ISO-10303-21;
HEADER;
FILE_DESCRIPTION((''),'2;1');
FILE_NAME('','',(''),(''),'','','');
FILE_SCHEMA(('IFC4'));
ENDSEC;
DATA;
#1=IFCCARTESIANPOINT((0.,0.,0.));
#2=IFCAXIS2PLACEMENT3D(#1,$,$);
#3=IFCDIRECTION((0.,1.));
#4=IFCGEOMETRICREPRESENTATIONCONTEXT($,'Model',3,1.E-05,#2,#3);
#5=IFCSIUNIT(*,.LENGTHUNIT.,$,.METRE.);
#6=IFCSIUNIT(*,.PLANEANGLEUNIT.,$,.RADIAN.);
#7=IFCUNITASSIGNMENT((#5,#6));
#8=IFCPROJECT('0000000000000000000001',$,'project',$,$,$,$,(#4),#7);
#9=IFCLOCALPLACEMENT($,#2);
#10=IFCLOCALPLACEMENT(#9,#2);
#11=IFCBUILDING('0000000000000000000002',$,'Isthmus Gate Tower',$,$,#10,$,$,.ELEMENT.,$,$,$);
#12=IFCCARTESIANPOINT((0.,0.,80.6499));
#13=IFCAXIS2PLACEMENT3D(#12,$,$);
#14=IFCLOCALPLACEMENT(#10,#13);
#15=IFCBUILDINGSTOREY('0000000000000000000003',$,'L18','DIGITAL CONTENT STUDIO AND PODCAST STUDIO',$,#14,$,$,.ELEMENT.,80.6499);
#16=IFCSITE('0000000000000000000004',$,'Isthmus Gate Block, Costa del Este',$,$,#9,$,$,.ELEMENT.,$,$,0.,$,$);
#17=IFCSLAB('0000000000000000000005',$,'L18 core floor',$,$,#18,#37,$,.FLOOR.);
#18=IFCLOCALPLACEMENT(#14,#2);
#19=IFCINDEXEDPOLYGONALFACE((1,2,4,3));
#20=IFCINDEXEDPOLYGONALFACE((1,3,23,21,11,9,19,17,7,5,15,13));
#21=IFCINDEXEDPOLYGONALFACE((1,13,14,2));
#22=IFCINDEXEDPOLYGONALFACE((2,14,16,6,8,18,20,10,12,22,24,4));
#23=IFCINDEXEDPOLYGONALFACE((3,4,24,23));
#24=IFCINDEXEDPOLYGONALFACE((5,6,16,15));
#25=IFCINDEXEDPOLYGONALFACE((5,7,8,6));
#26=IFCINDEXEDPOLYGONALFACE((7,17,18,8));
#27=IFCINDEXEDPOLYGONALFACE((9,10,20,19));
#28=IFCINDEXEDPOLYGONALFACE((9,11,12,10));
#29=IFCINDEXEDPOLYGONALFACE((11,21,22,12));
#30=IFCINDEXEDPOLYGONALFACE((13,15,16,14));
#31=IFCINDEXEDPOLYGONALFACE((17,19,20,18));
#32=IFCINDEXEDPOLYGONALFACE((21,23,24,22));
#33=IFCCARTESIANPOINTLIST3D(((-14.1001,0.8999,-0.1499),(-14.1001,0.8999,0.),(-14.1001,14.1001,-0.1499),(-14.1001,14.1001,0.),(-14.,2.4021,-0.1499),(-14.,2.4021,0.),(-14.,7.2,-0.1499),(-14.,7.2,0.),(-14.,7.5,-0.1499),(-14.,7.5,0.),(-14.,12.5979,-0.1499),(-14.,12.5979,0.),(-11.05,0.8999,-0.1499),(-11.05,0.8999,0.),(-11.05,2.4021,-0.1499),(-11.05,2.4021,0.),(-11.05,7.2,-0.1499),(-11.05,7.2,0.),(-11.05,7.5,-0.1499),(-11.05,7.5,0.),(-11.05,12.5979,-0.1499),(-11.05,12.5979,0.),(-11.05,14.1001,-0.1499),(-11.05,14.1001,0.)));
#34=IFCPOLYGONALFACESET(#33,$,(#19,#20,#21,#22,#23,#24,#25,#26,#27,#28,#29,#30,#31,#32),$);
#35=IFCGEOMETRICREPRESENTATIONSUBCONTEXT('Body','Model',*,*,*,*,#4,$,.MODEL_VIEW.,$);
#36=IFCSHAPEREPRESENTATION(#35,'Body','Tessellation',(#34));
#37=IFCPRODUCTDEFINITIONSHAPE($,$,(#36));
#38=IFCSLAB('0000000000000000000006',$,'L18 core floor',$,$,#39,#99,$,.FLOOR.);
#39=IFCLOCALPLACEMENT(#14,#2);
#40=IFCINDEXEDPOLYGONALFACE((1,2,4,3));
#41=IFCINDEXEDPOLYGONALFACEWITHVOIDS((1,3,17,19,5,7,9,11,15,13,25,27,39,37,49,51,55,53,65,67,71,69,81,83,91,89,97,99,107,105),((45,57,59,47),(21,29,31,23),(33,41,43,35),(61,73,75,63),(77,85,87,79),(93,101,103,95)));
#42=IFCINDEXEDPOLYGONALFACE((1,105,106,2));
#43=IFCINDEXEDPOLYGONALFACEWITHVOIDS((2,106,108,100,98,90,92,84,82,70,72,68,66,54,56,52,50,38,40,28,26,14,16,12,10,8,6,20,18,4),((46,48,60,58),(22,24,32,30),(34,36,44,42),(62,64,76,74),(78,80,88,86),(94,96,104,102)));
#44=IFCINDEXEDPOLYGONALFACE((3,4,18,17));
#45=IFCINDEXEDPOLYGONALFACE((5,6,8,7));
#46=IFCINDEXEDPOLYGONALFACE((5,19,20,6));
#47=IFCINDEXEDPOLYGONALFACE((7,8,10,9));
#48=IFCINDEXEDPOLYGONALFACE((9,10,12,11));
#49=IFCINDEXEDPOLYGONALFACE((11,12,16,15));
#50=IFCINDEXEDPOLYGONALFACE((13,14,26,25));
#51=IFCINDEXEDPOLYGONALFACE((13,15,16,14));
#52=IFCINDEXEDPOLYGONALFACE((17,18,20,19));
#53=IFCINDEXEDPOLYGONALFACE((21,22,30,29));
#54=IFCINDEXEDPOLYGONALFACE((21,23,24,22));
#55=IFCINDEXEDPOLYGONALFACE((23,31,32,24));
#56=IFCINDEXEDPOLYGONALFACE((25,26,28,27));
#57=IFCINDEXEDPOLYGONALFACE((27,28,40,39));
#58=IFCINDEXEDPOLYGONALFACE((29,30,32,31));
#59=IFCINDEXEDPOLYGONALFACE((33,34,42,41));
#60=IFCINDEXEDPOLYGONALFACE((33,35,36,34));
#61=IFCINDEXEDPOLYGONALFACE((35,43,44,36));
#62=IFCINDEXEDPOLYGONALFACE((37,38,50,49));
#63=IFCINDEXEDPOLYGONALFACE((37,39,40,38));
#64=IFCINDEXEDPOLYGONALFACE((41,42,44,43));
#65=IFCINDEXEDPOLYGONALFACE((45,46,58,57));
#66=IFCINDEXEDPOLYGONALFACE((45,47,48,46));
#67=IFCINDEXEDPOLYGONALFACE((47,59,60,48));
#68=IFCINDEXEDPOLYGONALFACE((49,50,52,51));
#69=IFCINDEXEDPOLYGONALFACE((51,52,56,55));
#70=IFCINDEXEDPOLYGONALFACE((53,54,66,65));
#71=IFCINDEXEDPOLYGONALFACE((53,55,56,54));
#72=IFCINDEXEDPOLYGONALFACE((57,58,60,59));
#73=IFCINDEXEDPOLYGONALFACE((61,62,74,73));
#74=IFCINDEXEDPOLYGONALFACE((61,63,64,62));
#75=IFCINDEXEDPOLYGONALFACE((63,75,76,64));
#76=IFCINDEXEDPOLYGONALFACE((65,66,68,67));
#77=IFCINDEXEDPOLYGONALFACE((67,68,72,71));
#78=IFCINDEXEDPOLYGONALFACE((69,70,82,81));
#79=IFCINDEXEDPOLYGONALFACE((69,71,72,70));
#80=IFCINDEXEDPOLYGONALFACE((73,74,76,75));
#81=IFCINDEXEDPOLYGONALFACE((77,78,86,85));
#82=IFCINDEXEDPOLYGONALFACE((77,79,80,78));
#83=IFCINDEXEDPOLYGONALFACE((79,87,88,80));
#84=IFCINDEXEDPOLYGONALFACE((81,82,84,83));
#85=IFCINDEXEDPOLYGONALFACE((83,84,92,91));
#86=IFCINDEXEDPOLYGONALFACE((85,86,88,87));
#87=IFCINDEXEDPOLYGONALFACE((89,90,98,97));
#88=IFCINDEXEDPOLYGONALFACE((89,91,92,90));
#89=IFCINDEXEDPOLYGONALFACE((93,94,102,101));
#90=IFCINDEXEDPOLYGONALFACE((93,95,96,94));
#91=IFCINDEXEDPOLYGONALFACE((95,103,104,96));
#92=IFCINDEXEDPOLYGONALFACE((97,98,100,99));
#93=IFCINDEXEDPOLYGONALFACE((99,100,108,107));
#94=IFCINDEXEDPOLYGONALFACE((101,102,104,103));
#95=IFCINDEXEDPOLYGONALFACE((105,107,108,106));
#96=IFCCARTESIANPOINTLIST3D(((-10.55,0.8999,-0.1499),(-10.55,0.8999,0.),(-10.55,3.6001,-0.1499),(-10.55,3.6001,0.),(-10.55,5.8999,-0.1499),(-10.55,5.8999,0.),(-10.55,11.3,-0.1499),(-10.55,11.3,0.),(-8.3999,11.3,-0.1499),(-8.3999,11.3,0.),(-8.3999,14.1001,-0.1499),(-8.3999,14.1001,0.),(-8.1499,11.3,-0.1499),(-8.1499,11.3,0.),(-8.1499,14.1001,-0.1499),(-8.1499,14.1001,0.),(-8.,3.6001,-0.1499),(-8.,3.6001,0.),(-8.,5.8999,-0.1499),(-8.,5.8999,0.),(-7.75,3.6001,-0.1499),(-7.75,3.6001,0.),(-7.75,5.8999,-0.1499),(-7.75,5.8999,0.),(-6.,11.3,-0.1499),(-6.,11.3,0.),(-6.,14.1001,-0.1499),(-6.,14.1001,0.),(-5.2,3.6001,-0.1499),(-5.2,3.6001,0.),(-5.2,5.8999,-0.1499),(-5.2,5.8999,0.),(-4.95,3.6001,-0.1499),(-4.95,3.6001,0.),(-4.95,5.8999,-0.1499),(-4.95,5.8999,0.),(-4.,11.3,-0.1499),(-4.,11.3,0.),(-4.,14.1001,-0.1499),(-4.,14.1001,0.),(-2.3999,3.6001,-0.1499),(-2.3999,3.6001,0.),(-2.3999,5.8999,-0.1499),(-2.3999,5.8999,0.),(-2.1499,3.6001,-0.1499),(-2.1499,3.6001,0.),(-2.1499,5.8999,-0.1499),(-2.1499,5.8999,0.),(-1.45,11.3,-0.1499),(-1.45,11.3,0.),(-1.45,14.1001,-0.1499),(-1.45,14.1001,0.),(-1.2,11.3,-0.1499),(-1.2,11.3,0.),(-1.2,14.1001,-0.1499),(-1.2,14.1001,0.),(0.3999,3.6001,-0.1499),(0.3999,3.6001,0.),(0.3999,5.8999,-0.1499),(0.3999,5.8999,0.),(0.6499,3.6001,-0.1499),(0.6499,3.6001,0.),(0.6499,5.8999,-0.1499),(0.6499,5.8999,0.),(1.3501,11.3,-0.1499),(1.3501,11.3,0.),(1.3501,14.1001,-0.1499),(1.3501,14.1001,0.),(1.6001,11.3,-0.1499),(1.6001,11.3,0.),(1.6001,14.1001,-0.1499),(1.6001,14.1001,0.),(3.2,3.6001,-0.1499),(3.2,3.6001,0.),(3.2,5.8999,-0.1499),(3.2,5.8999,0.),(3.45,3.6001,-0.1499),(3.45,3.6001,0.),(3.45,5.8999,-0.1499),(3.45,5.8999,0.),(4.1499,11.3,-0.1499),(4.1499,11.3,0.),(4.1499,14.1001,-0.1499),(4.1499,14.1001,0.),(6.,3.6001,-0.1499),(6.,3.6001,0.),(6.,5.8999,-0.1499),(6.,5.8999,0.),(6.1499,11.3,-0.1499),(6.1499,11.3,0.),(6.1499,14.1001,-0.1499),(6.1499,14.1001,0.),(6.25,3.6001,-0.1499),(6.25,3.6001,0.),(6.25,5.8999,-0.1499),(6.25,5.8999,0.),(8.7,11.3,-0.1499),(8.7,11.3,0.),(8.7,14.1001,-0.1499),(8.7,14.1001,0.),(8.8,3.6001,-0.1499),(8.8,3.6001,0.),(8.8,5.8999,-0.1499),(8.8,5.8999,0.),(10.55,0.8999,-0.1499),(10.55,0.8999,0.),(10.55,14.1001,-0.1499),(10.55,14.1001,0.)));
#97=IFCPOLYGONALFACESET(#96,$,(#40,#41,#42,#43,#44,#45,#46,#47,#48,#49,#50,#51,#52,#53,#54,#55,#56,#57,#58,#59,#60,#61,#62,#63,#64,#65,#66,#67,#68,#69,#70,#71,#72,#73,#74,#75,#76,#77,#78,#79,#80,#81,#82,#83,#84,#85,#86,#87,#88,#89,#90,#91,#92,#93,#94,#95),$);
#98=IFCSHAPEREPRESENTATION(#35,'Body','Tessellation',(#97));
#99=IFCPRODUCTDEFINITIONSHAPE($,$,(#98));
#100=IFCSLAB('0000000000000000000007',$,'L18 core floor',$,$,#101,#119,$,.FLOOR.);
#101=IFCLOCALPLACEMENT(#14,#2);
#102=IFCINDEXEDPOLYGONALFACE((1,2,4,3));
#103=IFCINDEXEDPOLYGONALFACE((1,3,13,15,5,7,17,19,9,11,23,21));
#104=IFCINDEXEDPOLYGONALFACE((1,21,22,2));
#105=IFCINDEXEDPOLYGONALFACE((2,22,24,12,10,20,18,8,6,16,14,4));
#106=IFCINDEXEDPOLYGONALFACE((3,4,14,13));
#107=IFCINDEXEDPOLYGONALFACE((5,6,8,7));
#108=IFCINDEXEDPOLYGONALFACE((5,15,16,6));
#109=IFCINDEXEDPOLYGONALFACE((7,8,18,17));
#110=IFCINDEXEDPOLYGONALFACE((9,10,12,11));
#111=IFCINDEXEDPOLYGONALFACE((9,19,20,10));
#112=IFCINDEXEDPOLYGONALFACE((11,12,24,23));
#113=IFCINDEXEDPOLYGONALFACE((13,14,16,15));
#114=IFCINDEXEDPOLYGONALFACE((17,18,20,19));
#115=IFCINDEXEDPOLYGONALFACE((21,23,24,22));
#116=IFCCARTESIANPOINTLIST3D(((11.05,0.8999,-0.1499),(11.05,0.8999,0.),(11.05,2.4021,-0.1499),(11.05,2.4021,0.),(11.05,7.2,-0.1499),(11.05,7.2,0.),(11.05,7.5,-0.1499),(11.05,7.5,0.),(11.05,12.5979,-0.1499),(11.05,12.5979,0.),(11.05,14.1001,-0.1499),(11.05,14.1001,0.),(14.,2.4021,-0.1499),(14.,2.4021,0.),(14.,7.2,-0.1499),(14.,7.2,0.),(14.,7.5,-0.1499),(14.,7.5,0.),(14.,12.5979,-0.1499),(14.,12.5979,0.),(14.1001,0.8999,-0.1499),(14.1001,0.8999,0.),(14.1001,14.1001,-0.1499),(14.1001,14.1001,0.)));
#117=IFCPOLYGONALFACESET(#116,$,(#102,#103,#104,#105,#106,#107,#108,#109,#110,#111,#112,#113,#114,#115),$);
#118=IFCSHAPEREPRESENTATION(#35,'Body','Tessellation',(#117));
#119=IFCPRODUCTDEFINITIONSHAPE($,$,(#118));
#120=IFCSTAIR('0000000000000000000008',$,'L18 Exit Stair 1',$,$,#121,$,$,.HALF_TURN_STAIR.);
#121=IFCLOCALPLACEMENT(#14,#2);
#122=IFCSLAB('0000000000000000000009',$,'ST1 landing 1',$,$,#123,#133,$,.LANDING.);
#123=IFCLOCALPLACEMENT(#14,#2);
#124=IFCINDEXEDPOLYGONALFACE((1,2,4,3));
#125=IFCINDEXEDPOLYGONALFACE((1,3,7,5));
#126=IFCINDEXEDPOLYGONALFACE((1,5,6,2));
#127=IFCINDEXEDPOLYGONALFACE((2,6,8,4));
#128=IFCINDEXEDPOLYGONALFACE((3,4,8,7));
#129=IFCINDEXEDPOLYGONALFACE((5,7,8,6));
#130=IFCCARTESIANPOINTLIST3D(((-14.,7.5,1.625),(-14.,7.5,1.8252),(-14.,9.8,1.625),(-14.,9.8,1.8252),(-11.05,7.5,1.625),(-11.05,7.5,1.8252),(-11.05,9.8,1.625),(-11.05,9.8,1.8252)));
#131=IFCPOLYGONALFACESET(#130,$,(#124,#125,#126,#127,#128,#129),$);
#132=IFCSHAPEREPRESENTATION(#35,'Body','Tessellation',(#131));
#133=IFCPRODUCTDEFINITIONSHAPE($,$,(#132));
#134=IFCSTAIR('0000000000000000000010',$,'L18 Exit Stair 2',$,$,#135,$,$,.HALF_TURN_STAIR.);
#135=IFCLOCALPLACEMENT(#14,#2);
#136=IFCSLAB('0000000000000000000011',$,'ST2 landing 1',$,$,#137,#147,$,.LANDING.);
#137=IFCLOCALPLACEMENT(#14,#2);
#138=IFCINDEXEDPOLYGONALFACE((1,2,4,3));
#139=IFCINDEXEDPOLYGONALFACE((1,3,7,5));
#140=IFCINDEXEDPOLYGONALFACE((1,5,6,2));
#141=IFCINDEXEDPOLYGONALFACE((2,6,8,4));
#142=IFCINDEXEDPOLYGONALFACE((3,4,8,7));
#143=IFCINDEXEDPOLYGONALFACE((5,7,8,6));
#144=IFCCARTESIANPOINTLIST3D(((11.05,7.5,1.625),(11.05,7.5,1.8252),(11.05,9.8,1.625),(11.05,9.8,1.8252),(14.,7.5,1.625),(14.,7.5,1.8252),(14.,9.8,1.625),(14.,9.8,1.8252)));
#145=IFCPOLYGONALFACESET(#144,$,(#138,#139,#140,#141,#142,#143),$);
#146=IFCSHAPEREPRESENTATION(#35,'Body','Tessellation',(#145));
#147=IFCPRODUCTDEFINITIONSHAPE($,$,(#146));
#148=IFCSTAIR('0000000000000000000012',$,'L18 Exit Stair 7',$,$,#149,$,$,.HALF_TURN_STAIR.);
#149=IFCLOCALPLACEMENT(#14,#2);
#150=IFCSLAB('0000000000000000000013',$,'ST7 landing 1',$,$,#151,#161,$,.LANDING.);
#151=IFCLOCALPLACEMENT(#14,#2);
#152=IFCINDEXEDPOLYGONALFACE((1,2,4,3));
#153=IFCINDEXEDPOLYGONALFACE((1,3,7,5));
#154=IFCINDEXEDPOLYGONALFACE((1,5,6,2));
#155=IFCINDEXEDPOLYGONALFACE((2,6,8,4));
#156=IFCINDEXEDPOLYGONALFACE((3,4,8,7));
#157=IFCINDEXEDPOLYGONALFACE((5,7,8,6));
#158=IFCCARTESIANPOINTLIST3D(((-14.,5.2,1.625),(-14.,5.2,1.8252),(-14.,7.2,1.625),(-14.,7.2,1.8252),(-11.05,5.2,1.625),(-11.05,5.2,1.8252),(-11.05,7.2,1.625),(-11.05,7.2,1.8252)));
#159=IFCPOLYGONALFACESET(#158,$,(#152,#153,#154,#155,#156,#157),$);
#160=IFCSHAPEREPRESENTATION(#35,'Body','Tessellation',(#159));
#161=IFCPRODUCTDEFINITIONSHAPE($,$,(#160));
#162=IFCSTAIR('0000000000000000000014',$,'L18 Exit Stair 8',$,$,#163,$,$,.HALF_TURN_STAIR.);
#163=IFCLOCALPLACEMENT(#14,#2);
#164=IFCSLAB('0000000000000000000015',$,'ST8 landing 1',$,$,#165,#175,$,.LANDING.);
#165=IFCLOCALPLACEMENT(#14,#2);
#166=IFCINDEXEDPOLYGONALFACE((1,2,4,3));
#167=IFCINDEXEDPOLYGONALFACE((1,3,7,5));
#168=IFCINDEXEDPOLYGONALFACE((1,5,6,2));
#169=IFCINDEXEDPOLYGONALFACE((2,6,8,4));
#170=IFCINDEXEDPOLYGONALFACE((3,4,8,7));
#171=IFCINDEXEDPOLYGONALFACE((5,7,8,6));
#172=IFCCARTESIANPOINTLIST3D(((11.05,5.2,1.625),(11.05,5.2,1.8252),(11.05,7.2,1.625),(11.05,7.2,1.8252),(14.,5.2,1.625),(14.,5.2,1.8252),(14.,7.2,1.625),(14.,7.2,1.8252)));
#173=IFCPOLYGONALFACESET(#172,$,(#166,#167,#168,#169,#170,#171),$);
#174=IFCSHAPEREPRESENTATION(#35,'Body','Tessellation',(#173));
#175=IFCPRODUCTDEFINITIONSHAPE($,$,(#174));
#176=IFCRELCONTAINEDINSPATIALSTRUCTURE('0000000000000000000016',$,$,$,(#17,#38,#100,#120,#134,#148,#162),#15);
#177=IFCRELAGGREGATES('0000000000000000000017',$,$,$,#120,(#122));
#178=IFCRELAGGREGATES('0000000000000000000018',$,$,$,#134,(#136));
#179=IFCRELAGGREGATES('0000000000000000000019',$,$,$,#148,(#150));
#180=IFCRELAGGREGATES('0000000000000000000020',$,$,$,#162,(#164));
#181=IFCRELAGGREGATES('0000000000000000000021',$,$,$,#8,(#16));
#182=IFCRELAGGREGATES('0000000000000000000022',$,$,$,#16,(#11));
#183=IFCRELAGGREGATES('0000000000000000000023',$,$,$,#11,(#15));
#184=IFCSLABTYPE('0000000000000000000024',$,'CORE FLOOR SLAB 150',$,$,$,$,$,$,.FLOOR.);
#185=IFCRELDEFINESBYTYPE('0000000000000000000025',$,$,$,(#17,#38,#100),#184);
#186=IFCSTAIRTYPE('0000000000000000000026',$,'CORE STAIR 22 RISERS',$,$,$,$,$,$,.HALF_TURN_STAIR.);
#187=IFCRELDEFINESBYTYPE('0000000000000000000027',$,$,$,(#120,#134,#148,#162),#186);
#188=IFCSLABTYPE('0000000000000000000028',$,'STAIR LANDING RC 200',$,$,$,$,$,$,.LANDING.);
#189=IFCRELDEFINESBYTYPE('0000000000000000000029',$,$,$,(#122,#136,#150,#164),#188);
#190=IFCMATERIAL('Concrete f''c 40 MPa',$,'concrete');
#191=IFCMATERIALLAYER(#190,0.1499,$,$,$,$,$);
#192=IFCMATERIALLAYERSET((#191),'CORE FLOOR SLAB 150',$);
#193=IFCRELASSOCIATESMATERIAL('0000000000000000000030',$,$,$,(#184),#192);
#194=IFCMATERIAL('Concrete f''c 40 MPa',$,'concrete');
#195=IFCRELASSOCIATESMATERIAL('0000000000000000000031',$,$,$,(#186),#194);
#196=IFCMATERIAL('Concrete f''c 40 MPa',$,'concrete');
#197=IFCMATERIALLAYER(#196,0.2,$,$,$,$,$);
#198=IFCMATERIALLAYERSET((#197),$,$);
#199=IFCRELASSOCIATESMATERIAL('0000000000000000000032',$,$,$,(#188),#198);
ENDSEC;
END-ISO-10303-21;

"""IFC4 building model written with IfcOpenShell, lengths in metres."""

from ifc_helpers import new_model, si_unit, direction, frame, origin, place, context, subcontext, project, spatial, polyline, outline, extrude, material, layer, layer_set, type_object, element, aggregate, save


model = new_model("IFC4")

# Units and contexts
model_context = context("Model", 3, precision=1e-05, world=origin(), true_north=direction((0.0, 1.0)))
body_context = subcontext(model_context, "Body", "Model", "MODEL_VIEW")
ifc_project = project(units=[si_unit("LENGTHUNIT", "METRE"), si_unit("PLANEANGLEUNIT", "RADIAN")], contexts=[model_context])

# Site, building, storey
site_placement = place(None, origin())
site = spatial("IfcSite", under=ifc_project, at=site_placement, Name="Isthmus Gate Block, Costa del Este", CompositionType="ELEMENT", RefElevation=0.0)
building_placement = place(site_placement, origin())
building = spatial("IfcBuilding", under=site, at=building_placement, Name="Isthmus Gate Tower", CompositionType="ELEMENT")
storey_placement = place(building_placement, frame((0.0, 0.0, 80.6499)))
storey = spatial("IfcBuildingStorey", under=building, at=storey_placement, Name="L18", Description="DIGITAL CONTENT STUDIO AND PODCAST STUDIO", CompositionType="ELEMENT", Elevation=80.6499)

# Slabs
ifc_material_1 = material(Name="Concrete f'c 40 MPa", Category="concrete")
ifc_layer_1 = layer(ifc_material_1, 0.1499)
ifc_layer_set_1 = layer_set([ifc_layer_1], Name="CORE FLOOR SLAB 150")
slab_type_1 = type_object("IfcSlabType", Name="CORE FLOOR SLAB 150", PredefinedType="FLOOR", material=ifc_layer_set_1)
slab_1_placement = place(storey_placement, frame((0.0, 0.0, -0.1499)))
element("IfcSlab", 1, at=slab_1_placement, inside=storey, type_object=slab_type_1, Name="L18 core floor", PredefinedType="FLOOR", context=body_context, shape_type="SweptSolid", body=[
    extrude(outline(polyline([(-11.05, 0.8999), (-11.05, 2.4021), (-14.0, 2.4021), (-14.0, 7.2), (-11.05, 7.2), (-11.05, 7.5), (-14.0, 7.5), (-14.0, 12.5979), (-11.05, 12.5979), (-11.05, 14.1001), (-14.1001, 14.1001), (-14.1001, 0.8999), (-11.05, 0.8999)])), origin(), (0.0, 0.0, 1.0), 0.1499),
])
slab_2_placement = place(storey_placement, frame((0.0, 0.0, -0.1499)))
element("IfcSlab", 2, at=slab_2_placement, inside=storey, type_object=slab_type_1, Name="L18 core floor", PredefinedType="FLOOR", context=body_context, shape_type="SweptSolid", body=[
    extrude(outline(polyline([(10.55, 14.1001), (8.7, 14.1001), (8.7, 11.3), (6.1499, 11.3), (6.1499, 14.1001), (4.1499, 14.1001), (4.1499, 11.3), (1.6001, 11.3), (1.6001, 14.1001), (1.3501, 14.1001), (1.3501, 11.3), (-1.2, 11.3), (-1.2, 14.1001), (-1.45, 14.1001), (-1.45, 11.3), (-4.0, 11.3), (-4.0, 14.1001), (-6.0, 14.1001), (-6.0, 11.3), (-8.1499, 11.3), (-8.1499, 14.1001), (-8.3999, 14.1001), (-8.3999, 11.3), (-10.55, 11.3), (-10.55, 5.8999), (-8.0, 5.8999), (-8.0, 3.6001), (-10.55, 3.6001), (-10.55, 0.8999), (10.55, 0.8999), (10.55, 14.1001)]), holes=[polyline([(-5.2, 5.8999), (-5.2, 3.6001), (-7.75, 3.6001), (-7.75, 5.8999), (-5.2, 5.8999)]), polyline([(-2.3999, 5.8999), (-2.3999, 3.6001), (-4.95, 3.6001), (-4.95, 5.8999), (-2.3999, 5.8999)]), polyline([(0.3999, 5.8999), (0.3999, 3.6001), (-2.1499, 3.6001), (-2.1499, 5.8999), (0.3999, 5.8999)]), polyline([(3.2, 5.8999), (3.2, 3.6001), (0.6499, 3.6001), (0.6499, 5.8999), (3.2, 5.8999)]), polyline([(6.0, 5.8999), (6.0, 3.6001), (3.45, 3.6001), (3.45, 5.8999), (6.0, 5.8999)]), polyline([(8.8, 5.8999), (8.8, 3.6001), (6.25, 3.6001), (6.25, 5.8999), (8.8, 5.8999)])]), origin(), (0.0, 0.0, 1.0), 0.1499),
])
slab_3_placement = place(storey_placement, frame((0.0, 0.0, -0.1499)))
element("IfcSlab", 3, at=slab_3_placement, inside=storey, type_object=slab_type_1, Name="L18 core floor", PredefinedType="FLOOR", context=body_context, shape_type="SweptSolid", body=[
    extrude(outline(polyline([(11.05, 14.1001), (11.05, 12.5979), (14.0, 12.5979), (14.0, 7.5), (11.05, 7.5), (11.05, 7.2), (14.0, 7.2), (14.0, 2.4021), (11.05, 2.4021), (11.05, 0.8999), (14.1001, 0.8999), (14.1001, 14.1001), (11.05, 14.1001)])), origin(), (0.0, 0.0, 1.0), 0.1499),
])

# Stairs, slabs
ifc_material_2 = material(Name="Concrete f'c 40 MPa", Category="concrete")
stair_type = type_object("IfcStairType", Name="CORE STAIR 22 RISERS", PredefinedType="HALF_TURN_STAIR", material=ifc_material_2)
stair_1_placement = place(storey_placement, origin())
stair_1 = element("IfcStair", 4, at=stair_1_placement, inside=storey, type_object=stair_type, Name="L18 Exit Stair 1", PredefinedType="HALF_TURN_STAIR")
ifc_material_3 = material(Name="Concrete f'c 40 MPa", Category="concrete")
ifc_layer_2 = layer(ifc_material_3, 0.2)
ifc_layer_set_2 = layer_set([ifc_layer_2])
slab_type_2 = type_object("IfcSlabType", Name="STAIR LANDING RC 200", PredefinedType="LANDING", material=ifc_layer_set_2)
slab_4_placement = place(storey_placement, frame((0.0, 0.0, 1.625)))
slab_4 = element("IfcSlab", 5, at=slab_4_placement, type_object=slab_type_2, Name="ST1 landing 1", PredefinedType="LANDING", context=body_context, shape_type="SweptSolid", body=[
    extrude(outline(polyline([(-14.0, 9.8), (-14.0, 7.5), (-11.05, 7.5), (-11.05, 9.8), (-14.0, 9.8)])), origin(), (0.0, 0.0, 1.0), 0.2002),
])
aggregate(stair_1, [slab_4])
stair_2_placement = place(storey_placement, origin())
stair_2 = element("IfcStair", 6, at=stair_2_placement, inside=storey, type_object=stair_type, Name="L18 Exit Stair 2", PredefinedType="HALF_TURN_STAIR")
slab_5_placement = place(storey_placement, frame((0.0, 0.0, 1.625)))
slab_5 = element("IfcSlab", 7, at=slab_5_placement, type_object=slab_type_2, Name="ST2 landing 1", PredefinedType="LANDING", context=body_context, shape_type="SweptSolid", body=[
    extrude(outline(polyline([(11.05, 9.8), (11.05, 7.5), (14.0, 7.5), (14.0, 9.8), (11.05, 9.8)])), origin(), (0.0, 0.0, 1.0), 0.2002),
])
aggregate(stair_2, [slab_5])
stair_3_placement = place(storey_placement, origin())
stair_3 = element("IfcStair", 8, at=stair_3_placement, inside=storey, type_object=stair_type, Name="L18 Exit Stair 7", PredefinedType="HALF_TURN_STAIR")
slab_6_placement = place(storey_placement, frame((0.0, 0.0, 1.625)))
slab_6 = element("IfcSlab", 9, at=slab_6_placement, type_object=slab_type_2, Name="ST7 landing 1", PredefinedType="LANDING", context=body_context, shape_type="SweptSolid", body=[
    extrude(outline(polyline([(-11.05, 5.2), (-11.05, 7.2), (-14.0, 7.2), (-14.0, 5.2), (-11.05, 5.2)])), origin(), (0.0, 0.0, 1.0), 0.2002),
])
aggregate(stair_3, [slab_6])
stair_4_placement = place(storey_placement, origin())
stair_4 = element("IfcStair", 10, at=stair_4_placement, inside=storey, type_object=stair_type, Name="L18 Exit Stair 8", PredefinedType="HALF_TURN_STAIR")
slab_7_placement = place(storey_placement, frame((0.0, 0.0, 1.625)))
slab_7 = element("IfcSlab", 11, at=slab_7_placement, type_object=slab_type_2, Name="ST8 landing 1", PredefinedType="LANDING", context=body_context, shape_type="SweptSolid", body=[
    extrude(outline(polyline([(14.0, 5.2), (14.0, 7.2), (11.05, 7.2), (11.05, 5.2), (14.0, 5.2)])), origin(), (0.0, 0.0, 1.0), 0.2002),
])

aggregate(stair_4, [slab_7])

save(model, "model.ifc")
